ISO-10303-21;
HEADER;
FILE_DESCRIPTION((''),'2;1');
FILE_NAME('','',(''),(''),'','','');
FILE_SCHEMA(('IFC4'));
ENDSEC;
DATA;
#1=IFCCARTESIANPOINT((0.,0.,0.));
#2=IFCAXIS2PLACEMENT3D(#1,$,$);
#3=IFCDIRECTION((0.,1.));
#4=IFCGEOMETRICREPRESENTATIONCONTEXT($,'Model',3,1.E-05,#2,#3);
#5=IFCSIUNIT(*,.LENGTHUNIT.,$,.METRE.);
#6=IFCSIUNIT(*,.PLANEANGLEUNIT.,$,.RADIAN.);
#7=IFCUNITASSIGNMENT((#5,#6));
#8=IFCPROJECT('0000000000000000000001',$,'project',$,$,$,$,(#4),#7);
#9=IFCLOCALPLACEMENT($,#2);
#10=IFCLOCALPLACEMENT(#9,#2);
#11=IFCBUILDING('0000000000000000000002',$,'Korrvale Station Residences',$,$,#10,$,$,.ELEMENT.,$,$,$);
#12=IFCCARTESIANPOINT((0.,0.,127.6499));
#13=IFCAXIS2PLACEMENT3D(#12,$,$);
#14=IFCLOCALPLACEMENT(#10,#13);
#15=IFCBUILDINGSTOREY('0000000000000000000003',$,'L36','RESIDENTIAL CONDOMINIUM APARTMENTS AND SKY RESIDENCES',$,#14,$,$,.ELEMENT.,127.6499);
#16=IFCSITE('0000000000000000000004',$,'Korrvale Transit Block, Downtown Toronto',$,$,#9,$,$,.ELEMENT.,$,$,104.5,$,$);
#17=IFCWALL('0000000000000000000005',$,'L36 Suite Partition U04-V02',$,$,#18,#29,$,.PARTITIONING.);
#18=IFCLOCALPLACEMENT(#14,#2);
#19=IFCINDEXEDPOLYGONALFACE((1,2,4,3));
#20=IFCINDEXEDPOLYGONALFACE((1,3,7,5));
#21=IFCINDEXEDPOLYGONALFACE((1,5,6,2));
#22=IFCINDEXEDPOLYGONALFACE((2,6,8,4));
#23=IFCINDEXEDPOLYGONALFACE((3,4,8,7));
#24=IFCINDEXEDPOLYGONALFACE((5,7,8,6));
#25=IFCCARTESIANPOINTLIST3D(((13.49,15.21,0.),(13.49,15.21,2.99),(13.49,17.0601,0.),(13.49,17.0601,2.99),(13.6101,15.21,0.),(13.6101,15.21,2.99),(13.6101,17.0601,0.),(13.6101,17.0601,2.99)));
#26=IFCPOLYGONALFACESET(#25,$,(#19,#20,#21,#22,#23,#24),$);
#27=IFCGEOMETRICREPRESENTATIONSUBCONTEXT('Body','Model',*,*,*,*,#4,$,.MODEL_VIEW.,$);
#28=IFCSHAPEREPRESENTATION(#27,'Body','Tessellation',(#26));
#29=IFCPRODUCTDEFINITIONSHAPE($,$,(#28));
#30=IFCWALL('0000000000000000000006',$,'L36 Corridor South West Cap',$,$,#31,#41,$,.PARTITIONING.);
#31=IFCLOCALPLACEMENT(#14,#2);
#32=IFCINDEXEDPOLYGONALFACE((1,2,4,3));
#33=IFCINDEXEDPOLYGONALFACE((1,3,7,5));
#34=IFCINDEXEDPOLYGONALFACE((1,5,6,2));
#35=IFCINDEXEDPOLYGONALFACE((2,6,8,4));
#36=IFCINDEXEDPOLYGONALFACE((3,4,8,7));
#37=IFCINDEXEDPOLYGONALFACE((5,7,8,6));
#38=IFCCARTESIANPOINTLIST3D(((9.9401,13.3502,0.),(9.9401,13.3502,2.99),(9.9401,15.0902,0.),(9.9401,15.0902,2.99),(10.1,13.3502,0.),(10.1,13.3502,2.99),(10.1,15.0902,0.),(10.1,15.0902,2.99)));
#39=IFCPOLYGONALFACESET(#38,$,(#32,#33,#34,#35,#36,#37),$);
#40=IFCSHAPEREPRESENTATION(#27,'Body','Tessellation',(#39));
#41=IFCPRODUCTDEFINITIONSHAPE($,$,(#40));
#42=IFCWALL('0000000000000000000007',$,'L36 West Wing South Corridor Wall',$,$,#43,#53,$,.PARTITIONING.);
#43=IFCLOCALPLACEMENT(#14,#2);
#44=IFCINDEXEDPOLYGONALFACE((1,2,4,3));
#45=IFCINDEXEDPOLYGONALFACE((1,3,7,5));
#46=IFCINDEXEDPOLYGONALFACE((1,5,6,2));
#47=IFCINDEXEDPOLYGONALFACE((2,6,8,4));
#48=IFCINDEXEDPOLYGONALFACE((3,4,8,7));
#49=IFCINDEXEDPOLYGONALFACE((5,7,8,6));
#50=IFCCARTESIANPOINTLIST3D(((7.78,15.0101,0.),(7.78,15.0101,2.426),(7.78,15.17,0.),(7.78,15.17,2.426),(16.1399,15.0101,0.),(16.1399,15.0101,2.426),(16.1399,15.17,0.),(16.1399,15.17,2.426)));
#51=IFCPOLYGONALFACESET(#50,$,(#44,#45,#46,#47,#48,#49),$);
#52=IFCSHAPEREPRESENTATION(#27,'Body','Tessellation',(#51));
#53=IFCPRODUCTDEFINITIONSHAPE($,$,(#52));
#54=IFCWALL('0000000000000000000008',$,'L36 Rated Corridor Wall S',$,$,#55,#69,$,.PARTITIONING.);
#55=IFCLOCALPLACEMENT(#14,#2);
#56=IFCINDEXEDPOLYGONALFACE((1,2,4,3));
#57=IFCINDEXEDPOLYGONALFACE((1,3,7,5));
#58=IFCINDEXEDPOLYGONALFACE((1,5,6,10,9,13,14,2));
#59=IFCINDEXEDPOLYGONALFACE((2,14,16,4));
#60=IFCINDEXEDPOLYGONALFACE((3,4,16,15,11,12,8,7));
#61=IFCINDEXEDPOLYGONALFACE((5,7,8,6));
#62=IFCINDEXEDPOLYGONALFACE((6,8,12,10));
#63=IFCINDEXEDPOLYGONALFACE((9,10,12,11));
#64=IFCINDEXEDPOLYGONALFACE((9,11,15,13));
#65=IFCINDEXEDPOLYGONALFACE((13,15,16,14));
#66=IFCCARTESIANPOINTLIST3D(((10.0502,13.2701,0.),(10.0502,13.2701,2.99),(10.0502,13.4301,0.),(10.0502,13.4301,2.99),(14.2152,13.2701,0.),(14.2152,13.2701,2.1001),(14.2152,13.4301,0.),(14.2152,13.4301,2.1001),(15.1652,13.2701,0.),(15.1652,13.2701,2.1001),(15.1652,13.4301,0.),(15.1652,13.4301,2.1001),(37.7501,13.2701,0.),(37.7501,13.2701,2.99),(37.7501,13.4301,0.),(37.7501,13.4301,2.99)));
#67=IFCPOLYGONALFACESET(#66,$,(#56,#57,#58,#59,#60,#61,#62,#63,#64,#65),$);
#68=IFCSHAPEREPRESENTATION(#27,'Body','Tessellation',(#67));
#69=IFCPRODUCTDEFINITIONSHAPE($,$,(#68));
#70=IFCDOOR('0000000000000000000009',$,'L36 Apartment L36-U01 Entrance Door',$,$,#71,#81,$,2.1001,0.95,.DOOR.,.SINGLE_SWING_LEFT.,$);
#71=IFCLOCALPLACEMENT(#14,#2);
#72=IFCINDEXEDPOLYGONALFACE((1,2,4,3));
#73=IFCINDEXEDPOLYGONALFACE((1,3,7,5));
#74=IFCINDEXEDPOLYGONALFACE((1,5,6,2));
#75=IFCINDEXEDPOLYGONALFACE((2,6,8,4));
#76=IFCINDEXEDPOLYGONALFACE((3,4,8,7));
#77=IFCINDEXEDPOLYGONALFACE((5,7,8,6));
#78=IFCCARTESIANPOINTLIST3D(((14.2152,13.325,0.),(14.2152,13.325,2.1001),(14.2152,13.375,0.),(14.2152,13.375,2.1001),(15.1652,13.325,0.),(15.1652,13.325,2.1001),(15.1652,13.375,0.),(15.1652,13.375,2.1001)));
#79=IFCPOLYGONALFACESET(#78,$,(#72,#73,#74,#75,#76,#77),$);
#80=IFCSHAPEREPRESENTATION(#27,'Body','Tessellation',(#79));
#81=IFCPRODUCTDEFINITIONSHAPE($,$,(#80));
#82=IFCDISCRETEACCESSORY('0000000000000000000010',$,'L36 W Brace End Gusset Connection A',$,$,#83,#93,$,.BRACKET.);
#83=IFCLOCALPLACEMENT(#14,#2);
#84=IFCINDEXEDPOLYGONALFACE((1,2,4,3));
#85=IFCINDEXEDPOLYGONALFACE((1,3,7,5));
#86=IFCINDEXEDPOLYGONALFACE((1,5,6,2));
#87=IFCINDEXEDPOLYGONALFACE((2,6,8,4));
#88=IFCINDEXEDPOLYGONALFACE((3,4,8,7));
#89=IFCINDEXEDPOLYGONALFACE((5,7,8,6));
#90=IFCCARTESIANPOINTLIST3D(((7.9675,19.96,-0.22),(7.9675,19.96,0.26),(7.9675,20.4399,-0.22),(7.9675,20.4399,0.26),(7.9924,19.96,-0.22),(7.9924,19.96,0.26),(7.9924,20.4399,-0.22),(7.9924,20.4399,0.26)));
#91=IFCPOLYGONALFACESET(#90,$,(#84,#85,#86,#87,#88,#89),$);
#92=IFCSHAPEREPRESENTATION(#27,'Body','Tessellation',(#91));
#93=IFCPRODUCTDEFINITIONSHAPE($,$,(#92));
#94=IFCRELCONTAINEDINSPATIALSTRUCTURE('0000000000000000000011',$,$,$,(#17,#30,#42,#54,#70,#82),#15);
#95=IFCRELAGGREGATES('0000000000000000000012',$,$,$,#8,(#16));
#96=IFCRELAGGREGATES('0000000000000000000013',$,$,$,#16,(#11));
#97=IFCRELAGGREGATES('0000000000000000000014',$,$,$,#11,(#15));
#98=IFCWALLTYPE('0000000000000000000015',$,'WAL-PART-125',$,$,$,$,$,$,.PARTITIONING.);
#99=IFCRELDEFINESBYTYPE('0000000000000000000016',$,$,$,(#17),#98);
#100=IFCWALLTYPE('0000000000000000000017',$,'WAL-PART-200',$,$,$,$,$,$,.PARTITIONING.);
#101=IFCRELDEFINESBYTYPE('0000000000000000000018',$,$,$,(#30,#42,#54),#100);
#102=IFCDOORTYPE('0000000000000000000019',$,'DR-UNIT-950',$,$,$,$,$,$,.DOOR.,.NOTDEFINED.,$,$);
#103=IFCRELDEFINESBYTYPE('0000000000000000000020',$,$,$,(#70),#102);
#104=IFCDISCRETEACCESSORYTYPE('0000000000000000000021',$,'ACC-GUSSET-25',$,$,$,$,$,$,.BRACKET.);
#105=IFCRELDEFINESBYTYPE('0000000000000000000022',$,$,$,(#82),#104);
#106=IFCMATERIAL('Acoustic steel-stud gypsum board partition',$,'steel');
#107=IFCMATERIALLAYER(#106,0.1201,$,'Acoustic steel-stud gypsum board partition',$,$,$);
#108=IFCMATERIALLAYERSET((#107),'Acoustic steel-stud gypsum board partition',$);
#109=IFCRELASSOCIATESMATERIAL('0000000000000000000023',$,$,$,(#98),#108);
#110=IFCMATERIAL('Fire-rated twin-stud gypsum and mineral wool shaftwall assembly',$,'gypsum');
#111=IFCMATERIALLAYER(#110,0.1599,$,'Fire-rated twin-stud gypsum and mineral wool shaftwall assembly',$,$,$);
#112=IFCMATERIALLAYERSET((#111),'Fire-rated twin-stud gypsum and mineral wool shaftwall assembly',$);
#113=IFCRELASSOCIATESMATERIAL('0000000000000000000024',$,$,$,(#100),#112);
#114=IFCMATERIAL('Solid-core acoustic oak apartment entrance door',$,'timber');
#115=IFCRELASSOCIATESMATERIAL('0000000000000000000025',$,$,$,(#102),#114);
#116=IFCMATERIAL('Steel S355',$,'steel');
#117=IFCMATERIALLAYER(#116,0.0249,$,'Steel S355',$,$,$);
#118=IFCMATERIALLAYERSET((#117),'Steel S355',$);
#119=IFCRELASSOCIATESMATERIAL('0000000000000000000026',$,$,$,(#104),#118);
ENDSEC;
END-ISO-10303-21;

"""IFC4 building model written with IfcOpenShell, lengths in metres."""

from ifc_helpers import new_model, si_unit, direction, frame, frame_2d, origin, origin_2d, place, context, subcontext, project, spatial, rectangle, extrude, material, layer, layer_set, type_object, element, fill, save


model = new_model("IFC4")

# Units and contexts
model_context = context("Model", 3, precision=1e-05, world=origin(), true_north=direction((0.0, 1.0)))
body_context = subcontext(model_context, "Body", "Model", "MODEL_VIEW")
ifc_project = project(units=[si_unit("LENGTHUNIT", "METRE"), si_unit("PLANEANGLEUNIT", "RADIAN")], contexts=[model_context])

# Site, building, storey
site_placement = place(None, origin())
site = spatial("IfcSite", under=ifc_project, at=site_placement, Name="Korrvale Transit Block, Downtown Toronto", CompositionType="ELEMENT", RefElevation=104.5)
building_placement = place(site_placement, origin())
building = spatial("IfcBuilding", under=site, at=building_placement, Name="Korrvale Station Residences", CompositionType="ELEMENT")
storey_placement = place(building_placement, frame((0.0, 0.0, 127.6499)))
storey = spatial("IfcBuildingStorey", under=building, at=storey_placement, Name="L36", Description="RESIDENTIAL CONDOMINIUM APARTMENTS AND SKY RESIDENCES", CompositionType="ELEMENT", Elevation=127.6499)

# Shared definitions
ifc_material_1 = material(Name="Steel S355", Category="steel")

# Shared definitions
ifc_material_2 = material(Name="Acoustic steel-stud gypsum board partition", Category="steel")
ifc_layer_1 = layer(ifc_material_2, 0.1201, Name="Acoustic steel-stud gypsum board partition")
ifc_layer_set_1 = layer_set([ifc_layer_1], Name="Acoustic steel-stud gypsum board partition")
wall_type_1 = type_object("IfcWallType", Name="WAL-PART-125", PredefinedType="PARTITIONING", material=ifc_layer_set_1)

# Walls
wall_1_placement = place(storey_placement, frame((13.55, 15.21, 0.0), z_axis=(0.0, 0.0, 1.0), x_axis=(0.0, 1.0, 0.0)))
element("IfcWall", 1, at=wall_1_placement, inside=storey, type_object=wall_type_1, Name="L36 Suite Partition U04-V02", PredefinedType="PARTITIONING", context=body_context, shape_type="SweptSolid", body=[
    extrude(rectangle(XDim=1.8501, YDim=0.1201, at=frame_2d((0.925, 0.0))), origin(), (0.0, 0.0, 1.0), 2.99),
])
ifc_material_3 = material(Name="Fire-rated twin-stud gypsum and mineral wool shaftwall assembly", Category="gypsum")
ifc_layer_2 = layer(ifc_material_3, 0.1599, Name="Fire-rated twin-stud gypsum and mineral wool shaftwall assembly")
ifc_layer_set_2 = layer_set([ifc_layer_2], Name="Fire-rated twin-stud gypsum and mineral wool shaftwall assembly")
wall_type_2 = type_object("IfcWallType", Name="WAL-PART-200", PredefinedType="PARTITIONING", material=ifc_layer_set_2)
wall_2_placement = place(storey_placement, frame((10.02, 13.3501, 0.0), z_axis=(0.0, 0.0, 1.0), x_axis=(0.0, 1.0, 0.0)))
element("IfcWall", 2, at=wall_2_placement, inside=storey, type_object=wall_type_2, Name="L36 Corridor South West Cap", PredefinedType="PARTITIONING", context=body_context, shape_type="SweptSolid", body=[
    extrude(rectangle(XDim=1.74, YDim=0.1599, at=frame_2d((0.8701, 0.0))), origin(), (0.0, 0.0, 1.0), 2.99),
])
wall_3_placement = place(storey_placement, frame((7.78, 15.0901, 0.0), z_axis=(0.0, 0.0, 1.0), x_axis=(1.0, 0.0, 0.0)))
element("IfcWall", 3, at=wall_3_placement, inside=storey, type_object=wall_type_2, Name="L36 West Wing South Corridor Wall", PredefinedType="PARTITIONING", context=body_context, shape_type="SweptSolid", body=[
    extrude(rectangle(XDim=8.3599, YDim=0.1599, at=frame_2d((4.1799, 0.0))), origin(), (0.0, 0.0, 1.0), 2.426),
])

# Wall, opening, door
wall_4_placement = place(storey_placement, frame((10.05, 13.3501, 0.0), z_axis=(0.0, 0.0, 1.0), x_axis=(1.0, 0.0, 0.0)))
wall_4 = element("IfcWall", 4, at=wall_4_placement, inside=storey, type_object=wall_type_2, Name="L36 Rated Corridor Wall S", PredefinedType="PARTITIONING", context=body_context, shape_type="SweptSolid", body=[
    extrude(rectangle(XDim=27.7, YDim=0.1599, at=frame_2d((13.8501, 0.0))), origin(), (0.0, 0.0, 1.0), 2.99),
])
opening_1_placement = place(wall_4_placement, frame((4.165, 0.0, 0.0)))
opening_1 = element("IfcOpeningElement", 5, at=opening_1_placement, cuts=wall_4, PredefinedType="OPENING", context=body_context, shape_type="SweptSolid", body=[
    extrude(rectangle(XDim=0.95, YDim=2.1001, at=frame_2d((0.4751, 1.05))), frame((0.0, 0.0898, 0.0), z_axis=(0.0, -1.0, 0.0), x_axis=(1.0, 0.0, 0.0)), (0.0, 0.0, 1.0), 0.1799),
])
ifc_material_4 = material(Name="Solid-core acoustic oak apartment entrance door", Category="timber")
door_type_1 = type_object("IfcDoorType", Name="DR-UNIT-950", OperationType="NOTDEFINED", PredefinedType="DOOR", material=ifc_material_4)
door_1_placement = place(opening_1_placement, origin())
door_1 = element("IfcDoor", 6, at=door_1_placement, inside=storey, type_object=door_type_1, Name="L36 Apartment L36-U01 Entrance Door", OperationType="SINGLE_SWING_LEFT", OverallHeight=2.1001, OverallWidth=0.95, PredefinedType="DOOR", context=body_context, shape_type="SweptSolid", body=[
    extrude(rectangle(XDim=0.95, YDim=2.1001, at=frame_2d((0.4751, 1.05))), frame((0.0, 0.0249, 0.0), z_axis=(0.0, -1.0, 0.0), x_axis=(1.0, 0.0, 0.0)), (0.0, 0.0, 1.0), 0.05),
])
fill(opening_1, door_1)

# Discrete accessory
ifc_layer_3 = layer(ifc_material_1, 0.0249, Name="Steel S355")
ifc_layer_set_3 = layer_set([ifc_layer_3], Name="Steel S355")
discrete_accessory_type = type_object("IfcDiscreteAccessoryType", Name="ACC-GUSSET-25", PredefinedType="BRACKET", material=ifc_layer_set_3)
discrete_accessory_placement = place(storey_placement, frame((7.98, 20.2, -0.22), z_axis=(0.0, 0.0, 1.0), x_axis=(0.0, 1.0, 0.0)))
element("IfcDiscreteAccessory", 7, at=discrete_accessory_placement, inside=storey, type_object=discrete_accessory_type, Name="L36 W Brace End Gusset Connection A", PredefinedType="BRACKET", context=body_context, shape_type="SweptSolid", body=[
    extrude(rectangle(XDim=0.48, YDim=0.0249, at=origin_2d()), origin(), (0.0, 0.0, 1.0), 0.48),
])

save(model, "model.ifc")
